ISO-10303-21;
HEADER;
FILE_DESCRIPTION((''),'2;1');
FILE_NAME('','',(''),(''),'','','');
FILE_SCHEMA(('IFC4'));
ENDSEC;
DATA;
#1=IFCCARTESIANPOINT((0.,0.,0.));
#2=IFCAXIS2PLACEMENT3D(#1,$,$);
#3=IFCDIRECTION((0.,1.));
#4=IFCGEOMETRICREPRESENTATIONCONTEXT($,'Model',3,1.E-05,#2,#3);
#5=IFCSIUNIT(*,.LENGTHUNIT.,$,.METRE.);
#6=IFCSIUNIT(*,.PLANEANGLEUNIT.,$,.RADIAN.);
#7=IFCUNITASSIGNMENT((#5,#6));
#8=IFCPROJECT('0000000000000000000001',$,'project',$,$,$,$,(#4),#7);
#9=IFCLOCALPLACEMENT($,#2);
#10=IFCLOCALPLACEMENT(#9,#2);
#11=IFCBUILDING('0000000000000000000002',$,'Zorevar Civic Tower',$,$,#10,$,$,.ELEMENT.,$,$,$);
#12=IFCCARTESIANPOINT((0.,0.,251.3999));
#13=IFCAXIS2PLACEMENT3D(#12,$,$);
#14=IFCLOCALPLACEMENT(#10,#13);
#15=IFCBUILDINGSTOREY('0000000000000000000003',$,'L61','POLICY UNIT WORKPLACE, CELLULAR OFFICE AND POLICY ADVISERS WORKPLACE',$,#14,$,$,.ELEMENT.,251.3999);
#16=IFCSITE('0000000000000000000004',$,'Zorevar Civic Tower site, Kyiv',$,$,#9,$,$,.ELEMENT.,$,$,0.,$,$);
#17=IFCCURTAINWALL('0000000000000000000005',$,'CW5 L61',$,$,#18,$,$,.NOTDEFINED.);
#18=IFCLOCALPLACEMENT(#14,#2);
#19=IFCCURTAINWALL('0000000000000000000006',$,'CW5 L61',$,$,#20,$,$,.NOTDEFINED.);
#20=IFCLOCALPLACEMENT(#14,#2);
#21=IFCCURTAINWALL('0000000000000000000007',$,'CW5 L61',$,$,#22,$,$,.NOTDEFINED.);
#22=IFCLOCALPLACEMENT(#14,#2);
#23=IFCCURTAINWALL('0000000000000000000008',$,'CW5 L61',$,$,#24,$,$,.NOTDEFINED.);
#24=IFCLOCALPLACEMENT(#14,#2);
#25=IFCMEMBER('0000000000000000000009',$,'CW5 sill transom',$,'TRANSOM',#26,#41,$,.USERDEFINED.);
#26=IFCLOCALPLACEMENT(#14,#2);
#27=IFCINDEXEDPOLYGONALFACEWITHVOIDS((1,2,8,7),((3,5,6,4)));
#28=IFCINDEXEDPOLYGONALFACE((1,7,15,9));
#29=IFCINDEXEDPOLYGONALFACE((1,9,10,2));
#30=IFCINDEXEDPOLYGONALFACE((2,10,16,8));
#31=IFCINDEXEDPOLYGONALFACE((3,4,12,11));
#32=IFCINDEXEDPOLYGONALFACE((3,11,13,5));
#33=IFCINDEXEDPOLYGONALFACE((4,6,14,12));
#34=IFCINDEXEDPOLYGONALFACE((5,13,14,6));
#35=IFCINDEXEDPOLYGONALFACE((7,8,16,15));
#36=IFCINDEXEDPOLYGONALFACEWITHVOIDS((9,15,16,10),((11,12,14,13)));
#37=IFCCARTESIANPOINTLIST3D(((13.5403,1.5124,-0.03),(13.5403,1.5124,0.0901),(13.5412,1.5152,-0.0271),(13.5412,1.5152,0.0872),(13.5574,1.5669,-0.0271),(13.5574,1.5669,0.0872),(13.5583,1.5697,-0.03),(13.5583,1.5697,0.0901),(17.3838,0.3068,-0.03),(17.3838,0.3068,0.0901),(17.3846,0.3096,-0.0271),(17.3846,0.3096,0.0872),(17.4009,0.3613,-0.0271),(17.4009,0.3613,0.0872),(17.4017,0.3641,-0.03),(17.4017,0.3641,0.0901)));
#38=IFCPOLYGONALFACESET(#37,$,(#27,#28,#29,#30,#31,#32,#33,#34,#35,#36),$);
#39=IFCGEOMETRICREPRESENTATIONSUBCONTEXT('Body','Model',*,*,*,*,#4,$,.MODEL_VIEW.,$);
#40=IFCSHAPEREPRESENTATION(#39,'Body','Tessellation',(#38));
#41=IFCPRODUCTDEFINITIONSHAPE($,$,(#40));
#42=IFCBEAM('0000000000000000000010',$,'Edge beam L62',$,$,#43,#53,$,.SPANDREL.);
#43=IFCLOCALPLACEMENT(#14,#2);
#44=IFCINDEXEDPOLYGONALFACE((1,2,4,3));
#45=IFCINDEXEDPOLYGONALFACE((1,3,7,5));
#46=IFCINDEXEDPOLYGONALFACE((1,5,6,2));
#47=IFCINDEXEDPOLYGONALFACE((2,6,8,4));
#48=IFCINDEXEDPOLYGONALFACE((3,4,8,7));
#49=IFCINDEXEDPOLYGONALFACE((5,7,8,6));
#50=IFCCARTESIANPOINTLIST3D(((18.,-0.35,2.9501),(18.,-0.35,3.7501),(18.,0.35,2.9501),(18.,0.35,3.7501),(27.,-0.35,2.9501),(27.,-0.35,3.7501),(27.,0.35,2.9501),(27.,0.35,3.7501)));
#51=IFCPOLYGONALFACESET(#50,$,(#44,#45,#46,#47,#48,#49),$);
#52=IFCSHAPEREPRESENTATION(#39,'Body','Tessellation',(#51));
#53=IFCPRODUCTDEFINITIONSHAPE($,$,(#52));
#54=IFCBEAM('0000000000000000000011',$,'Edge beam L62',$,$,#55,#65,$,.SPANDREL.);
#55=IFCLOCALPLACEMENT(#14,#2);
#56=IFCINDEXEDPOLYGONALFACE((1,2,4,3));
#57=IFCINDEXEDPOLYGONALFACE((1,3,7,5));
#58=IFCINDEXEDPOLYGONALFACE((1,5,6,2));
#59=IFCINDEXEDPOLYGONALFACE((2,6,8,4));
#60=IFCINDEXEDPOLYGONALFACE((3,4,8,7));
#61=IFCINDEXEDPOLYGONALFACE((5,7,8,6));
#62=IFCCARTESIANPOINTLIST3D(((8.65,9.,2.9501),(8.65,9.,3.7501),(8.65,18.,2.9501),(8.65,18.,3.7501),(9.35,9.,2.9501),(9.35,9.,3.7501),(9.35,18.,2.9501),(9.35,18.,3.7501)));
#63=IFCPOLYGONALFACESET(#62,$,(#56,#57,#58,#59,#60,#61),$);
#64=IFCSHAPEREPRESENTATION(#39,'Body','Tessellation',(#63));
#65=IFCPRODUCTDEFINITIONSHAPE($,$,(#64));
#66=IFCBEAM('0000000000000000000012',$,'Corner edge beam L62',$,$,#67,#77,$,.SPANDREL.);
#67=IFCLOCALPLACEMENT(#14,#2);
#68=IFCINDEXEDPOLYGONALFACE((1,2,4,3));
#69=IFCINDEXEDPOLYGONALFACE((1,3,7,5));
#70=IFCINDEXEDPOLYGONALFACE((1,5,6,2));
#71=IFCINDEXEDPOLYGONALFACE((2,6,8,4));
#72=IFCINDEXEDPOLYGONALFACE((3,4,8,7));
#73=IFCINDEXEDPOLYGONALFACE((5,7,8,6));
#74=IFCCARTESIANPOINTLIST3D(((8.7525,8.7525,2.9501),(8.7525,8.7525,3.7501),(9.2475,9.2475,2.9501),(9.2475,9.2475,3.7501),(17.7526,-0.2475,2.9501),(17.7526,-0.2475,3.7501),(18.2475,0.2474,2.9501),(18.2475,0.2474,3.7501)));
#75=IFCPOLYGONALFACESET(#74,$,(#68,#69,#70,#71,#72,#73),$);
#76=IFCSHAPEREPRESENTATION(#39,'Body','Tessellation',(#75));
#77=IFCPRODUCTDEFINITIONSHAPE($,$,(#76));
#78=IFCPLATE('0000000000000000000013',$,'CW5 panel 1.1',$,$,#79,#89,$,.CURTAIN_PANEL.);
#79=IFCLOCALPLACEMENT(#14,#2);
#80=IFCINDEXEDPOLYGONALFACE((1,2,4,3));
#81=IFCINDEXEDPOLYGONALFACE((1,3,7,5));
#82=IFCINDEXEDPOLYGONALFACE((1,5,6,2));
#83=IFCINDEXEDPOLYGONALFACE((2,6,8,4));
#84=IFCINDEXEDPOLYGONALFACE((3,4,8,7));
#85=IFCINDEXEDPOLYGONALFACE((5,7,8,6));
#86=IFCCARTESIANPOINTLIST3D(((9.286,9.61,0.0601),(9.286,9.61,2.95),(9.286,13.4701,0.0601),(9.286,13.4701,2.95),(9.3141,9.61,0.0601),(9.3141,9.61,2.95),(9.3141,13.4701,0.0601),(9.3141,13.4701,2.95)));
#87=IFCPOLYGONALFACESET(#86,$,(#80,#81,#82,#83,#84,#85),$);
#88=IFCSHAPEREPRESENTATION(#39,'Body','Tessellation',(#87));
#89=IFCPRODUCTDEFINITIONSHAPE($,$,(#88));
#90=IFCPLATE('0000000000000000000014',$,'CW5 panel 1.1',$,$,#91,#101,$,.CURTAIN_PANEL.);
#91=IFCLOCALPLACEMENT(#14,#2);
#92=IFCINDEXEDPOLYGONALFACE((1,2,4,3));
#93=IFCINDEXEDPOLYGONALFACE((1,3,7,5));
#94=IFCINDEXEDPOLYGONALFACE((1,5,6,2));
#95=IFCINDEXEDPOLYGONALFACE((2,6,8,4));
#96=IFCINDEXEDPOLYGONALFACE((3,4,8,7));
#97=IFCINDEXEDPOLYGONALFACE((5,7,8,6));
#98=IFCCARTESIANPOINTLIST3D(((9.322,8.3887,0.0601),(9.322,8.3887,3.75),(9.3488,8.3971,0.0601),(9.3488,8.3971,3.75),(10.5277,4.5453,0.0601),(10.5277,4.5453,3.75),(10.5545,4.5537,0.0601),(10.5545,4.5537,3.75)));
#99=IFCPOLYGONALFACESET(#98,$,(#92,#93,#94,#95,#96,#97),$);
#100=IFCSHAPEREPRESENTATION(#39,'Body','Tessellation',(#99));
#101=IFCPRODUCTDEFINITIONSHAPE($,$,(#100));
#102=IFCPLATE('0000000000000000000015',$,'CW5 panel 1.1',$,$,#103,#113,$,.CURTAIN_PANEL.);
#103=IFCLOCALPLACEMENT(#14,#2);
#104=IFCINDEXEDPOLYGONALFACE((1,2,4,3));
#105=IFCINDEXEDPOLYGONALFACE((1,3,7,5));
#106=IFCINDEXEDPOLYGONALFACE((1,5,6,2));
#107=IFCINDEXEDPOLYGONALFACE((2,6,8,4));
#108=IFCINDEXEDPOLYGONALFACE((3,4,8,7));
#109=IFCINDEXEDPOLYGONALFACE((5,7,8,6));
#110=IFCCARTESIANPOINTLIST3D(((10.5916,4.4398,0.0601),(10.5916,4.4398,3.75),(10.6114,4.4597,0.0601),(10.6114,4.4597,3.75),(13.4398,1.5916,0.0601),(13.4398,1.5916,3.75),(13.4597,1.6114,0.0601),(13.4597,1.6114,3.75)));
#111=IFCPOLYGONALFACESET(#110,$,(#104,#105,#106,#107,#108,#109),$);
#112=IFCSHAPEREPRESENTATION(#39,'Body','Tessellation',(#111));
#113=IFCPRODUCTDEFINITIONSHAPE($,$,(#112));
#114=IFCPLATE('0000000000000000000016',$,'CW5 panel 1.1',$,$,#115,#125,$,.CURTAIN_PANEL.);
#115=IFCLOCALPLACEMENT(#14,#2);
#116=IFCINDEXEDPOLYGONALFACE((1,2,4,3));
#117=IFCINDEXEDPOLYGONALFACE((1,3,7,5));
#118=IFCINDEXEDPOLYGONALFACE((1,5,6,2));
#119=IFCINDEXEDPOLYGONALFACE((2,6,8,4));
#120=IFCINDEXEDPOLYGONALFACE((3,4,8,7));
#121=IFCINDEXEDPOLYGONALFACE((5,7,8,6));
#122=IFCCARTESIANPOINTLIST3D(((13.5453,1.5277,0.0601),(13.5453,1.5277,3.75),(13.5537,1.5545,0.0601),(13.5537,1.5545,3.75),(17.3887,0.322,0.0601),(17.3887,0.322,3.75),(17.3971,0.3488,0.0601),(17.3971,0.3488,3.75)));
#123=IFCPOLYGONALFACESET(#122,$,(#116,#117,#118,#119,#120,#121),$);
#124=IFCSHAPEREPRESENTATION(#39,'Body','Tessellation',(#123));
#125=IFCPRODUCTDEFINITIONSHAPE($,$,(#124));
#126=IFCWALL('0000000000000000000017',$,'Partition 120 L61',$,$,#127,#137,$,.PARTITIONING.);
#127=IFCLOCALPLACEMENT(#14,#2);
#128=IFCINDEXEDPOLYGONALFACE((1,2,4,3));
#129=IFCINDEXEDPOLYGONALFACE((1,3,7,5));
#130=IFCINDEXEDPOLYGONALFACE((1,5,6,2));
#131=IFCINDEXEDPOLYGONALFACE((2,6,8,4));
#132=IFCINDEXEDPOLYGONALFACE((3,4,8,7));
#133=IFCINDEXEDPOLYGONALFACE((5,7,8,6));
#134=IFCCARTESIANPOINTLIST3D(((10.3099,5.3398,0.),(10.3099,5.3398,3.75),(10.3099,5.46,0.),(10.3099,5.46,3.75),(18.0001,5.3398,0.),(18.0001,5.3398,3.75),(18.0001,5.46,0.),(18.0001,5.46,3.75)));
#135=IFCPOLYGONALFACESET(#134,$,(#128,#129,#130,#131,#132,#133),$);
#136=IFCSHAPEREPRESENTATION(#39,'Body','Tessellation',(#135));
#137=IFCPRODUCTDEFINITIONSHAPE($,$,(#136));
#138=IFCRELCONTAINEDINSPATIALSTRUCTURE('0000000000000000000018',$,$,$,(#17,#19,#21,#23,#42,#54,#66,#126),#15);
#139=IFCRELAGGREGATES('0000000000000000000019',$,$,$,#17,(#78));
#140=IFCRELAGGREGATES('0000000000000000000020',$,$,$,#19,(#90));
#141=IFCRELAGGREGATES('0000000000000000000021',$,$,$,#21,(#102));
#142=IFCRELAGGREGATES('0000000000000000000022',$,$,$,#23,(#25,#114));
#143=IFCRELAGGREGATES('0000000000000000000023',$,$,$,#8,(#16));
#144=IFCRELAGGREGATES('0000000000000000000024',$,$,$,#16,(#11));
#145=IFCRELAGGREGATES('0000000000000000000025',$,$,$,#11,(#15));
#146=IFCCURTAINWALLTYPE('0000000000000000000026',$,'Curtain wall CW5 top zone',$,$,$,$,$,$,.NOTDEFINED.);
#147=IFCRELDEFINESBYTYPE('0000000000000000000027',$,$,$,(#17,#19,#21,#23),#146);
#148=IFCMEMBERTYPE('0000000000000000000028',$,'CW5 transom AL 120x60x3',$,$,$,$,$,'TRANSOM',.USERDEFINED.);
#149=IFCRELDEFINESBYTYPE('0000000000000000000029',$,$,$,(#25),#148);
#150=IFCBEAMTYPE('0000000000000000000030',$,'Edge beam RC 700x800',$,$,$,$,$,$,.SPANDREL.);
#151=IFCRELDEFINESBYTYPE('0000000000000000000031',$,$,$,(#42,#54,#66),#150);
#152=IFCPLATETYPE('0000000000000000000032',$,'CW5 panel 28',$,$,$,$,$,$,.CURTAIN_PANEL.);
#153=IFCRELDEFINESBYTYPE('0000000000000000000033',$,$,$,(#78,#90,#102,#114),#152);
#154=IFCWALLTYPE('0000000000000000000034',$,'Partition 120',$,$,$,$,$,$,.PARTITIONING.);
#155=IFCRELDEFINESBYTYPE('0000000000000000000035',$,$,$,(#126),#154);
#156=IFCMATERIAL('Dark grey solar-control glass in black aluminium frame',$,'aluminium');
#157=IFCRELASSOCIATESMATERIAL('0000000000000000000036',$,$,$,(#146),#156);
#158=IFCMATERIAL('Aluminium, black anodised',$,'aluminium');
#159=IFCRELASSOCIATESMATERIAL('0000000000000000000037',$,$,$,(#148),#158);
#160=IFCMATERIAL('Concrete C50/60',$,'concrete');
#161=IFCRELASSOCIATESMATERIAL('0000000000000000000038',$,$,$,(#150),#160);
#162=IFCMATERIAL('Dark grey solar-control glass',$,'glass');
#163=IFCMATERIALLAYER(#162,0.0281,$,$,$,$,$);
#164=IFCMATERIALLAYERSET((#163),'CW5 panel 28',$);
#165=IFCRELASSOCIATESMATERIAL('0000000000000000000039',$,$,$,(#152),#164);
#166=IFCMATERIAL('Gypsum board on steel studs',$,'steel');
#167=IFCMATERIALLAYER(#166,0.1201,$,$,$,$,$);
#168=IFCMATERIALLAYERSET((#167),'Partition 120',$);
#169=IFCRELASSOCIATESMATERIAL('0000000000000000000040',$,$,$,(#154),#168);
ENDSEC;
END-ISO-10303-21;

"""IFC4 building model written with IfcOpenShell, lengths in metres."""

from ifc_helpers import new_model, si_unit, direction, frame, frame_2d, origin, origin_2d, place, context, subcontext, project, spatial, rectangle, hollow_rectangle, extrude, material, layer, layer_set, material_profile, profile_set, type_object, element, aggregate, save


model = new_model("IFC4")

# Units and contexts
model_context = context("Model", 3, precision=1e-05, world=origin(), true_north=direction((0.0, 1.0)))
body_context = subcontext(model_context, "Body", "Model", "MODEL_VIEW")
ifc_project = project(units=[si_unit("LENGTHUNIT", "METRE"), si_unit("PLANEANGLEUNIT", "RADIAN")], contexts=[model_context])

# Site, building, storey
site_placement = place(None, origin())
site = spatial("IfcSite", under=ifc_project, at=site_placement, Name="Zorevar Civic Tower site, Kyiv", CompositionType="ELEMENT", RefElevation=0.0)
building_placement = place(site_placement, origin())
building = spatial("IfcBuilding", under=site, at=building_placement, Name="Zorevar Civic Tower", CompositionType="ELEMENT")
storey_placement = place(building_placement, frame((0.0, 0.0, 251.3999)))
storey = spatial("IfcBuildingStorey", under=building, at=storey_placement, Name="L61", Description="POLICY UNIT WORKPLACE, CELLULAR OFFICE AND POLICY ADVISERS WORKPLACE", CompositionType="ELEMENT", Elevation=251.3999)

# Curtain wall
ifc_material_1 = material(Name="Dark grey solar-control glass in black aluminium frame", Category="aluminium")
curtain_wall_type = type_object("IfcCurtainWallType", Name="Curtain wall CW5 top zone", PredefinedType="NOTDEFINED", material=ifc_material_1)
curtain_wall_1_placement = place(storey_placement, origin())
curtain_wall_1 = element("IfcCurtainWall", 1, at=curtain_wall_1_placement, inside=storey, type_object=curtain_wall_type, Name="CW5 L61", PredefinedType="NOTDEFINED")

# Curtain walls
curtain_wall_2_placement = place(storey_placement, origin())
curtain_wall_2 = element("IfcCurtainWall", 2, at=curtain_wall_2_placement, inside=storey, type_object=curtain_wall_type, Name="CW5 L61", PredefinedType="NOTDEFINED")
curtain_wall_3_placement = place(storey_placement, origin())
curtain_wall_3 = element("IfcCurtainWall", 3, at=curtain_wall_3_placement, inside=storey, type_object=curtain_wall_type, Name="CW5 L61", PredefinedType="NOTDEFINED")
curtain_wall_4_placement = place(storey_placement, origin())
curtain_wall_4 = element("IfcCurtainWall", 4, at=curtain_wall_4_placement, inside=storey, type_object=curtain_wall_type, Name="CW5 L61", PredefinedType="NOTDEFINED")

# Member
ifc_material_2 = material(Name="Aluminium, black anodised", Category="aluminium")
ifc_material_profile_1 = material_profile(ifc_material_2, hollow_rectangle(XDim=0.0601, YDim=0.1201, WallThickness=0.0029, at=origin_2d()), Name="AL 120x60x3")
ifc_profile_set_1 = profile_set([ifc_material_profile_1], Name="Aluminium, black anodised")
member_type_1 = type_object("IfcMemberType", Name="CW5 transom AL 120x60x3", ElementType="TRANSOM", PredefinedType="USERDEFINED", material=ifc_profile_set_1)
member_1_placement = place(storey_placement, frame((13.5493, 1.541, 0.03), z_axis=(0.954163, -0.299286, 0.0), x_axis=(0.299286, 0.954163, 0.0)))
member_1 = element("IfcMember", 5, at=member_1_placement, type_object=member_type_1, Name="CW5 sill transom", ObjectType="TRANSOM", PredefinedType="USERDEFINED", context=body_context, shape_type="SweptSolid", body=[
    extrude(hollow_rectangle(XDim=0.0601, YDim=0.1201, WallThickness=0.0029, at=origin_2d()), origin(), (0.0, 0.0, 1.0), 4.0281),
])

# Beams
ifc_material_3 = material(Name="Concrete C50/60", Category="concrete")
ifc_material_profile_2 = material_profile(ifc_material_3, rectangle(XDim=0.7, YDim=0.8, at=origin_2d()), Name="RC 700x800")
ifc_profile_set_2 = profile_set([ifc_material_profile_2], Name="Concrete C50/60")
beam_type = type_object("IfcBeamType", Name="Edge beam RC 700x800", PredefinedType="SPANDREL", material=ifc_profile_set_2)
for number, where, z_axis, x_axis, name in (
    (6, (18.0, 0.0, 3.3501), (1.0, 0.0, 0.0), (0.0, 1.0, 0.0), "Edge beam L62"),
    (7, (9.0, 9.0, 3.3501), (0.0, 1.0, 0.0), (-1.0, 0.0, 0.0), "Edge beam L62"),
):
    element("IfcBeam", number, at=place(storey_placement, frame(where, z_axis=z_axis, x_axis=x_axis)), inside=storey, type_object=beam_type, Name=name, PredefinedType="SPANDREL", context=body_context, shape_type="SweptSolid", body=[
        extrude(rectangle(XDim=0.7, YDim=0.8, at=origin_2d()), origin(), (0.0, 0.0, 1.0), 9.0),
    ])
beam_placement = place(storey_placement, frame((9.0, 9.0, 3.3501), z_axis=(0.707107, -0.707107, 0.0), x_axis=(0.707107, 0.707107, 0.0)))
element("IfcBeam", 8, at=beam_placement, inside=storey, type_object=beam_type, Name="Corner edge beam L62", PredefinedType="SPANDREL", context=body_context, shape_type="SweptSolid", body=[
    extrude(rectangle(XDim=0.7, YDim=0.8, at=origin_2d()), origin(), (0.0, 0.0, 1.0), 12.728),
])

# Plates
ifc_material_4 = material(Name="Dark grey solar-control glass", Category="glass")
ifc_layer_1 = layer(ifc_material_4, 0.0281)
ifc_layer_set_1 = layer_set([ifc_layer_1], Name="CW5 panel 28")
plate_type = type_object("IfcPlateType", Name="CW5 panel 28", PredefinedType="CURTAIN_PANEL", material=ifc_layer_set_1)
plate_1_placement = place(storey_placement, frame((9.3, 11.54, 0.0601), z_axis=(0.0, 0.0, 1.0), x_axis=(0.0, 1.0, 0.0)))
plate_1 = element("IfcPlate", 9, at=plate_1_placement, type_object=plate_type, Name="CW5 panel 1.1", PredefinedType="CURTAIN_PANEL", context=body_context, shape_type="SweptSolid", body=[
    extrude(rectangle(XDim=3.8601, YDim=0.0281, at=origin_2d()), origin(), (0.0, 0.0, 1.0), 2.8899),
])
aggregate(curtain_wall_1, [plate_1])
plate_2_placement = place(storey_placement, frame((9.9382, 6.4712, 0.0601), z_axis=(0.0, 0.0, 1.0), x_axis=(0.299318, -0.954153, 0.0)))
plate_2 = element("IfcPlate", 10, at=plate_2_placement, type_object=plate_type, Name="CW5 panel 1.1", PredefinedType="CURTAIN_PANEL", context=body_context, shape_type="SweptSolid", body=[
    extrude(rectangle(XDim=4.0281, YDim=0.0281, at=origin_2d()), origin(), (0.0, 0.0, 1.0), 3.6899),
])
aggregate(curtain_wall_2, [plate_2])
plate_3_placement = place(storey_placement, frame((12.0256, 3.0256, 0.0601), z_axis=(0.0, 0.0, 1.0), x_axis=(0.707107, -0.707107, 0.0)))
plate_3 = element("IfcPlate", 11, at=plate_3_placement, type_object=plate_type, Name="CW5 panel 1.1", PredefinedType="CURTAIN_PANEL", context=body_context, shape_type="SweptSolid", body=[
    extrude(rectangle(XDim=4.0281, YDim=0.0281, at=origin_2d()), origin(), (0.0, 0.0, 1.0), 3.6899),
])
aggregate(curtain_wall_3, [plate_3])
plate_4_placement = place(storey_placement, frame((15.4712, 0.9382, 0.0601), z_axis=(0.0, 0.0, 1.0), x_axis=(0.954153, -0.299318, 0.0)))
plate_4 = element("IfcPlate", 12, at=plate_4_placement, type_object=plate_type, Name="CW5 panel 1.1", PredefinedType="CURTAIN_PANEL", context=body_context, shape_type="SweptSolid", body=[
    extrude(rectangle(XDim=4.0281, YDim=0.0281, at=origin_2d()), origin(), (0.0, 0.0, 1.0), 3.6899),
])
aggregate(curtain_wall_4, [member_1, plate_4])

# Wall
ifc_material_5 = material(Name="Gypsum board on steel studs", Category="steel")
ifc_layer_2 = layer(ifc_material_5, 0.1201)
ifc_layer_set_2 = layer_set([ifc_layer_2], Name="Partition 120")
wall_type = type_object("IfcWallType", Name="Partition 120", PredefinedType="PARTITIONING", material=ifc_layer_set_2)
wall_placement = place(storey_placement, frame((10.3098, 5.3999, 0.0), z_axis=(0.0, 0.0, 1.0), x_axis=(1.0, 0.0, 0.0)))
element("IfcWall", 13, at=wall_placement, inside=storey, type_object=wall_type, Name="Partition 120 L61", PredefinedType="PARTITIONING", context=body_context, shape_type="SweptSolid", body=[
    extrude(rectangle(XDim=7.6902, YDim=0.1201, at=frame_2d((3.8452, 0.0))), origin(), (0.0, 0.0, 1.0), 3.75),
])

save(model, "model.ifc")
